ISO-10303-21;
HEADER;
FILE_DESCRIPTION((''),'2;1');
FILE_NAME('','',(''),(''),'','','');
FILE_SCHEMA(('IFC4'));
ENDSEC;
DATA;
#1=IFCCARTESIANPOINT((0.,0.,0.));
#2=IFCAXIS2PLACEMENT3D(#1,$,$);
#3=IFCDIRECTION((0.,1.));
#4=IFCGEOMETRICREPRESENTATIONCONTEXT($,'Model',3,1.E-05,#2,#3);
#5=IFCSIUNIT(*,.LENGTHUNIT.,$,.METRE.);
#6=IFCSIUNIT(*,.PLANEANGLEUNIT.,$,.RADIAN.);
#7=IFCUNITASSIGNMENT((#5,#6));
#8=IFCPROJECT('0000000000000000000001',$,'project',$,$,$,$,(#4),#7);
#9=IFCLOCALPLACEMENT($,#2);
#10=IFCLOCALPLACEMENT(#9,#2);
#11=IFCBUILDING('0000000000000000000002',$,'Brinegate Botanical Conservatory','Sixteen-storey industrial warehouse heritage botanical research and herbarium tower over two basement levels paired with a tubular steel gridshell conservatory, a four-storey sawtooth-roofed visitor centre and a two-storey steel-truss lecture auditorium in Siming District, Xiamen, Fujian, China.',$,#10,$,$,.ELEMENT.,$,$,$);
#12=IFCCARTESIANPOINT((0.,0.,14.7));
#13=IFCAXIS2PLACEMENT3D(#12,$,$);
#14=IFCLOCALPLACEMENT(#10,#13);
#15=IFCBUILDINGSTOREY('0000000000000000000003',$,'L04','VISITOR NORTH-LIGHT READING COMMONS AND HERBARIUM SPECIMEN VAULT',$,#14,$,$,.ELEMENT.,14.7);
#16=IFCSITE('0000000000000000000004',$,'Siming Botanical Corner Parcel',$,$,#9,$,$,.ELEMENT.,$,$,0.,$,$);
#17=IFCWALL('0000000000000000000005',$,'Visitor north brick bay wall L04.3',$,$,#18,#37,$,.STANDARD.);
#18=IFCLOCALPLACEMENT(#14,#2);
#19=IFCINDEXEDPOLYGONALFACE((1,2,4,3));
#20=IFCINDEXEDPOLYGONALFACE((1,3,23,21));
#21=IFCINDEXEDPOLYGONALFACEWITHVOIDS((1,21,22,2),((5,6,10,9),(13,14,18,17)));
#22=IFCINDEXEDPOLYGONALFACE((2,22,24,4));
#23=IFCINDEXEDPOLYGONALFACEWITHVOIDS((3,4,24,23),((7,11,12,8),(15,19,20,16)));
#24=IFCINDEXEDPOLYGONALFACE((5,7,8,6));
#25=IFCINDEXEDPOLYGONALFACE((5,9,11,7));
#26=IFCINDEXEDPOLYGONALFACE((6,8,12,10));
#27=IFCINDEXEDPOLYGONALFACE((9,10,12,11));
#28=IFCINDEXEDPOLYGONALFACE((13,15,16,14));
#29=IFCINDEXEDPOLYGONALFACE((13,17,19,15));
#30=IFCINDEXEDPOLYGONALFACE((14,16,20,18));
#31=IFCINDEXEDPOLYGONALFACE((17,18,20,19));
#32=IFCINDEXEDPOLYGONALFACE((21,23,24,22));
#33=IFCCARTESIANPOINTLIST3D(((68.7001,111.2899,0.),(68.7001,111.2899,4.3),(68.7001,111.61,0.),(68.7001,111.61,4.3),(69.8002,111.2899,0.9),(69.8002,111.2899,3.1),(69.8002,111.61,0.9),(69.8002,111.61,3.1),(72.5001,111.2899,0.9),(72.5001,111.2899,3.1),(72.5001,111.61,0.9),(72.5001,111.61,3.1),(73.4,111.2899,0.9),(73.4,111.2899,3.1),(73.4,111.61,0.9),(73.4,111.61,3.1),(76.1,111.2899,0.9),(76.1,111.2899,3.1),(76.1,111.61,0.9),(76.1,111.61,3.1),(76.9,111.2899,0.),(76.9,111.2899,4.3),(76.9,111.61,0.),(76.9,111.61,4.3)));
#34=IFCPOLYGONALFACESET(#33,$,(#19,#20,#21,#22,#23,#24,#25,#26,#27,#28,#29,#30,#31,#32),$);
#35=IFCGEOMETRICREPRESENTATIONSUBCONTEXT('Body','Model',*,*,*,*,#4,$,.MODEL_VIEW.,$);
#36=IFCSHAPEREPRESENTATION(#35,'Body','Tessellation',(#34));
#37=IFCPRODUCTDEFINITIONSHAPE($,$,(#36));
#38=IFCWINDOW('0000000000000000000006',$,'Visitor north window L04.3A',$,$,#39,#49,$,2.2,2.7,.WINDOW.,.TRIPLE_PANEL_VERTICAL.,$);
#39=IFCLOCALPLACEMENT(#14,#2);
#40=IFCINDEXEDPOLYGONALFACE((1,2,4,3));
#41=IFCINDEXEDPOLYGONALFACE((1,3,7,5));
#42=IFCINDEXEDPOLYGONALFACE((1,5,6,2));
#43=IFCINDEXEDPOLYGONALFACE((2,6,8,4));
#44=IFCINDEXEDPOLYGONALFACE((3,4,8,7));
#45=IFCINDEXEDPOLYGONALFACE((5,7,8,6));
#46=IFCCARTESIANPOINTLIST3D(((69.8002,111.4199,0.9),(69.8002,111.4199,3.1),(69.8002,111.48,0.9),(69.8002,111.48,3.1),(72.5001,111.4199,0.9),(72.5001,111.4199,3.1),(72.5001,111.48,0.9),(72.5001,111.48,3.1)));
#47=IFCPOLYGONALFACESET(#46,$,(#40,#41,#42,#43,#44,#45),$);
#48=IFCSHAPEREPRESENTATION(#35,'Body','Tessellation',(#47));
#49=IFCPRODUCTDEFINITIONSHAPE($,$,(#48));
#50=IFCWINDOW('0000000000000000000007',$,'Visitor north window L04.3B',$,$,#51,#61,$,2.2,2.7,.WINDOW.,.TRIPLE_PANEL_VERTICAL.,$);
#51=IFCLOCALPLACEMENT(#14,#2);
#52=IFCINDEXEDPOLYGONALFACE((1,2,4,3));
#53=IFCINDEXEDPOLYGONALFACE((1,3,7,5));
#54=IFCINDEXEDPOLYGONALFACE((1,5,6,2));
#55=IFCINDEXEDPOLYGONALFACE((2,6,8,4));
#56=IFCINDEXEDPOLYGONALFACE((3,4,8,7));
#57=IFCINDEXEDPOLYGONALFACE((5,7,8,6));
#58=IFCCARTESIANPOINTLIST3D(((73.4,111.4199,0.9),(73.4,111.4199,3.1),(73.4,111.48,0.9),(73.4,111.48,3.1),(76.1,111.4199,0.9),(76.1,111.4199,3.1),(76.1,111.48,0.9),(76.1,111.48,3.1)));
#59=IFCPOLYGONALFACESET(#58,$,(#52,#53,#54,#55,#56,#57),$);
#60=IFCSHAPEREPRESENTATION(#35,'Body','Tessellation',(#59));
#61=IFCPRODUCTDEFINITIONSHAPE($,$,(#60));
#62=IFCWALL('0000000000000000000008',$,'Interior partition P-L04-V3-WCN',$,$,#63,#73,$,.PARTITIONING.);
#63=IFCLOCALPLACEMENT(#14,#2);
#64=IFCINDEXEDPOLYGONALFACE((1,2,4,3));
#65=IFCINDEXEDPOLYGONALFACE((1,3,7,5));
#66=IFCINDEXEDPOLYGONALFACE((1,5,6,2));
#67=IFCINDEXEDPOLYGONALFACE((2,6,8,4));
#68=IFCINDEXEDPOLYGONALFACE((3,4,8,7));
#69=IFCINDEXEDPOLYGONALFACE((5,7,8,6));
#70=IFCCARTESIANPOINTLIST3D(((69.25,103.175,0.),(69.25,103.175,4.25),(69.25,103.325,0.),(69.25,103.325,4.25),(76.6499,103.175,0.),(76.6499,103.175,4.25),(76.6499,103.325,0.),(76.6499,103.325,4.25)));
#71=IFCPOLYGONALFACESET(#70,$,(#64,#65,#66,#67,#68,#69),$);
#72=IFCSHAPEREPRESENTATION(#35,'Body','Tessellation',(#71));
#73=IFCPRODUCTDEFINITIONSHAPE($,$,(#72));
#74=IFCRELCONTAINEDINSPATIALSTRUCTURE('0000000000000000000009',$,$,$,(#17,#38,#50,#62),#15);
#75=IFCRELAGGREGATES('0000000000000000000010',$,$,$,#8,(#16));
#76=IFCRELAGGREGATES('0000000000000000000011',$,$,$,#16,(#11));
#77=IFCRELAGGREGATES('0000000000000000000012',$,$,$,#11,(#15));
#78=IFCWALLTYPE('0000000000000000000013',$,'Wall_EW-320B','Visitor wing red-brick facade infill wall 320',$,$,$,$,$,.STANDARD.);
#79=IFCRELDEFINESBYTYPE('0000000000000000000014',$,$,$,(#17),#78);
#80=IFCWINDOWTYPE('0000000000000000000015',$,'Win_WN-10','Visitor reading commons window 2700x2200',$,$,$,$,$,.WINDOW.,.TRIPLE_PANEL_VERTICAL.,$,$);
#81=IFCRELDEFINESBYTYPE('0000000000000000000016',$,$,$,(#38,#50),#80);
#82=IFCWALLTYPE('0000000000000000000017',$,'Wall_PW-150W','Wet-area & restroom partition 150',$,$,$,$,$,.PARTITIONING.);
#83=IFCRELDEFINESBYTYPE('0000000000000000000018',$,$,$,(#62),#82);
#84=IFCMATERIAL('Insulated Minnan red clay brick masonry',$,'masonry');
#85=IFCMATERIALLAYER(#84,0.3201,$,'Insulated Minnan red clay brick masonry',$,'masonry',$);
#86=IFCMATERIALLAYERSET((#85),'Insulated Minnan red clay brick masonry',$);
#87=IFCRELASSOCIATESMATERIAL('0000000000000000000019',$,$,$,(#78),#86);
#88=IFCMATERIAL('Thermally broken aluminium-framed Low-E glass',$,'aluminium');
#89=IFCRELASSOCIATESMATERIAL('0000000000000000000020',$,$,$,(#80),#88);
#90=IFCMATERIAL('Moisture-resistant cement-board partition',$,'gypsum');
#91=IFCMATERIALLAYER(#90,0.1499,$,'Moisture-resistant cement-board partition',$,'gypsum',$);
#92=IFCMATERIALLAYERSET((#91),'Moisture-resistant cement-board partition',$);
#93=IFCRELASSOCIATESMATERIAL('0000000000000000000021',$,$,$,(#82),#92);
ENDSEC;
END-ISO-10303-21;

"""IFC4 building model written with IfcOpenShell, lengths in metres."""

from ifc_helpers import new_model, si_unit, direction, frame, frame_2d, origin, place, context, subcontext, project, spatial, rectangle, extrude, material, layer, layer_set, type_object, element, fill, save


model = new_model("IFC4")

# Units and contexts
model_context = context("Model", 3, precision=1e-05, world=origin(), true_north=direction((0.0, 1.0)))
body_context = subcontext(model_context, "Body", "Model", "MODEL_VIEW")
ifc_project = project(units=[si_unit("LENGTHUNIT", "METRE"), si_unit("PLANEANGLEUNIT", "RADIAN")], contexts=[model_context])

# Site, building, storey
site_placement = place(None, origin())
site = spatial("IfcSite", under=ifc_project, at=site_placement, Name="Siming Botanical Corner Parcel", CompositionType="ELEMENT", RefElevation=0.0)
building_placement = place(site_placement, origin())
building = spatial("IfcBuilding", under=site, at=building_placement, Name="Brinegate Botanical Conservatory", Description="Sixteen-storey industrial warehouse heritage botanical research and herbarium tower over two basement levels paired with a tubular steel gridshell conservatory, a four-storey sawtooth-roofed visitor centre and a two-storey steel-truss lecture auditorium in Siming District, Xiamen, Fujian, China.", CompositionType="ELEMENT")
storey_placement = place(building_placement, frame((0.0, 0.0, 14.7)))
storey = spatial("IfcBuildingStorey", under=building, at=storey_placement, Name="L04", Description="VISITOR NORTH-LIGHT READING COMMONS AND HERBARIUM SPECIMEN VAULT", CompositionType="ELEMENT", Elevation=14.7)

# Wall, openings, windows
ifc_material_1 = material(Name="Insulated Minnan red clay brick masonry", Category="masonry")
ifc_layer_1 = layer(ifc_material_1, 0.3201, Name="Insulated Minnan red clay brick masonry", Category="masonry")
ifc_layer_set_1 = layer_set([ifc_layer_1], Name="Insulated Minnan red clay brick masonry")
wall_type_1 = type_object("IfcWallType", Name="Wall_EW-320B", Description="Visitor wing red-brick facade infill wall 320", PredefinedType="STANDARD", material=ifc_layer_set_1)
wall_1_placement = place(storey_placement, frame((68.7, 111.45, 0.0), z_axis=(0.0, 0.0, 1.0), x_axis=(1.0, 0.0, 0.0)))
wall_1 = element("IfcWall", 1, at=wall_1_placement, inside=storey, type_object=wall_type_1, Name="Visitor north brick bay wall L04.3", PredefinedType="STANDARD", context=body_context, shape_type="SweptSolid", body=[
    extrude(rectangle(XDim=8.2, YDim=0.3201, at=frame_2d((4.1001, 0.0))), origin(), (0.0, 0.0, 1.0), 4.3),
])
opening_1_placement = place(wall_1_placement, frame((1.1001, 0.0, 0.8999)))
opening_1 = element("IfcOpeningElement", 2, at=opening_1_placement, cuts=wall_1, PredefinedType="OPENING", context=body_context, shape_type="SweptSolid", body=[
    extrude(rectangle(XDim=2.7, YDim=2.2, at=frame_2d((1.3501, 1.1001))), frame((0.0, 0.1699, 0.0), z_axis=(0.0, -1.0, 0.0), x_axis=(1.0, 0.0, 0.0)), (0.0, 0.0, 1.0), 0.3401),
])
opening_2_placement = place(wall_1_placement, frame((4.7, 0.0, 0.8999)))
opening_2 = element("IfcOpeningElement", 3, at=opening_2_placement, cuts=wall_1, PredefinedType="OPENING", context=body_context, shape_type="SweptSolid", body=[
    extrude(rectangle(XDim=2.7, YDim=2.2, at=frame_2d((1.3501, 1.1001))), frame((0.0, 0.1699, 0.0), z_axis=(0.0, -1.0, 0.0), x_axis=(1.0, 0.0, 0.0)), (0.0, 0.0, 1.0), 0.3401),
])
ifc_material_2 = material(Name="Thermally broken aluminium-framed Low-E glass", Category="aluminium")
window_type = type_object("IfcWindowType", Name="Win_WN-10", Description="Visitor reading commons window 2700x2200", PartitioningType="TRIPLE_PANEL_VERTICAL", PredefinedType="WINDOW", material=ifc_material_2)
window_1_placement = place(opening_1_placement, origin())
window_1 = element("IfcWindow", 4, at=window_1_placement, inside=storey, type_object=window_type, Name="Visitor north window L04.3A", OverallHeight=2.2, OverallWidth=2.7, PartitioningType="TRIPLE_PANEL_VERTICAL", PredefinedType="WINDOW", context=body_context, shape_type="SweptSolid", body=[
    extrude(rectangle(XDim=2.7, YDim=2.2, at=frame_2d((1.3501, 1.1001))), frame((0.0, 0.03, 0.0), z_axis=(0.0, -1.0, 0.0), x_axis=(1.0, 0.0, 0.0)), (0.0, 0.0, 1.0), 0.0601),
])
fill(opening_1, window_1)
window_2_placement = place(opening_2_placement, origin())
window_2 = element("IfcWindow", 5, at=window_2_placement, inside=storey, type_object=window_type, Name="Visitor north window L04.3B", OverallHeight=2.2, OverallWidth=2.7, PartitioningType="TRIPLE_PANEL_VERTICAL", PredefinedType="WINDOW", context=body_context, shape_type="SweptSolid", body=[
    extrude(rectangle(XDim=2.7, YDim=2.2, at=frame_2d((1.3501, 1.1001))), frame((0.0, 0.03, 0.0), z_axis=(0.0, -1.0, 0.0), x_axis=(1.0, 0.0, 0.0)), (0.0, 0.0, 1.0), 0.0601),
])
fill(opening_2, window_2)

# Wall
ifc_material_3 = material(Name="Moisture-resistant cement-board partition", Category="gypsum")
ifc_layer_2 = layer(ifc_material_3, 0.1499, Name="Moisture-resistant cement-board partition", Category="gypsum")
ifc_layer_set_2 = layer_set([ifc_layer_2], Name="Moisture-resistant cement-board partition")
wall_type_2 = type_object("IfcWallType", Name="Wall_PW-150W", Description="Wet-area & restroom partition 150", PredefinedType="PARTITIONING", material=ifc_layer_set_2)
wall_2_placement = place(storey_placement, frame((69.25, 103.25, 0.0), z_axis=(0.0, 0.0, 1.0), x_axis=(1.0, 0.0, 0.0)))
element("IfcWall", 6, at=wall_2_placement, inside=storey, type_object=wall_type_2, Name="Interior partition P-L04-V3-WCN", PredefinedType="PARTITIONING", context=body_context, shape_type="SweptSolid", body=[
    extrude(rectangle(XDim=7.3999, YDim=0.1499, at=frame_2d((3.7, 0.0))), origin(), (0.0, 0.0, 1.0), 4.25),
])

save(model, "model.ifc")
